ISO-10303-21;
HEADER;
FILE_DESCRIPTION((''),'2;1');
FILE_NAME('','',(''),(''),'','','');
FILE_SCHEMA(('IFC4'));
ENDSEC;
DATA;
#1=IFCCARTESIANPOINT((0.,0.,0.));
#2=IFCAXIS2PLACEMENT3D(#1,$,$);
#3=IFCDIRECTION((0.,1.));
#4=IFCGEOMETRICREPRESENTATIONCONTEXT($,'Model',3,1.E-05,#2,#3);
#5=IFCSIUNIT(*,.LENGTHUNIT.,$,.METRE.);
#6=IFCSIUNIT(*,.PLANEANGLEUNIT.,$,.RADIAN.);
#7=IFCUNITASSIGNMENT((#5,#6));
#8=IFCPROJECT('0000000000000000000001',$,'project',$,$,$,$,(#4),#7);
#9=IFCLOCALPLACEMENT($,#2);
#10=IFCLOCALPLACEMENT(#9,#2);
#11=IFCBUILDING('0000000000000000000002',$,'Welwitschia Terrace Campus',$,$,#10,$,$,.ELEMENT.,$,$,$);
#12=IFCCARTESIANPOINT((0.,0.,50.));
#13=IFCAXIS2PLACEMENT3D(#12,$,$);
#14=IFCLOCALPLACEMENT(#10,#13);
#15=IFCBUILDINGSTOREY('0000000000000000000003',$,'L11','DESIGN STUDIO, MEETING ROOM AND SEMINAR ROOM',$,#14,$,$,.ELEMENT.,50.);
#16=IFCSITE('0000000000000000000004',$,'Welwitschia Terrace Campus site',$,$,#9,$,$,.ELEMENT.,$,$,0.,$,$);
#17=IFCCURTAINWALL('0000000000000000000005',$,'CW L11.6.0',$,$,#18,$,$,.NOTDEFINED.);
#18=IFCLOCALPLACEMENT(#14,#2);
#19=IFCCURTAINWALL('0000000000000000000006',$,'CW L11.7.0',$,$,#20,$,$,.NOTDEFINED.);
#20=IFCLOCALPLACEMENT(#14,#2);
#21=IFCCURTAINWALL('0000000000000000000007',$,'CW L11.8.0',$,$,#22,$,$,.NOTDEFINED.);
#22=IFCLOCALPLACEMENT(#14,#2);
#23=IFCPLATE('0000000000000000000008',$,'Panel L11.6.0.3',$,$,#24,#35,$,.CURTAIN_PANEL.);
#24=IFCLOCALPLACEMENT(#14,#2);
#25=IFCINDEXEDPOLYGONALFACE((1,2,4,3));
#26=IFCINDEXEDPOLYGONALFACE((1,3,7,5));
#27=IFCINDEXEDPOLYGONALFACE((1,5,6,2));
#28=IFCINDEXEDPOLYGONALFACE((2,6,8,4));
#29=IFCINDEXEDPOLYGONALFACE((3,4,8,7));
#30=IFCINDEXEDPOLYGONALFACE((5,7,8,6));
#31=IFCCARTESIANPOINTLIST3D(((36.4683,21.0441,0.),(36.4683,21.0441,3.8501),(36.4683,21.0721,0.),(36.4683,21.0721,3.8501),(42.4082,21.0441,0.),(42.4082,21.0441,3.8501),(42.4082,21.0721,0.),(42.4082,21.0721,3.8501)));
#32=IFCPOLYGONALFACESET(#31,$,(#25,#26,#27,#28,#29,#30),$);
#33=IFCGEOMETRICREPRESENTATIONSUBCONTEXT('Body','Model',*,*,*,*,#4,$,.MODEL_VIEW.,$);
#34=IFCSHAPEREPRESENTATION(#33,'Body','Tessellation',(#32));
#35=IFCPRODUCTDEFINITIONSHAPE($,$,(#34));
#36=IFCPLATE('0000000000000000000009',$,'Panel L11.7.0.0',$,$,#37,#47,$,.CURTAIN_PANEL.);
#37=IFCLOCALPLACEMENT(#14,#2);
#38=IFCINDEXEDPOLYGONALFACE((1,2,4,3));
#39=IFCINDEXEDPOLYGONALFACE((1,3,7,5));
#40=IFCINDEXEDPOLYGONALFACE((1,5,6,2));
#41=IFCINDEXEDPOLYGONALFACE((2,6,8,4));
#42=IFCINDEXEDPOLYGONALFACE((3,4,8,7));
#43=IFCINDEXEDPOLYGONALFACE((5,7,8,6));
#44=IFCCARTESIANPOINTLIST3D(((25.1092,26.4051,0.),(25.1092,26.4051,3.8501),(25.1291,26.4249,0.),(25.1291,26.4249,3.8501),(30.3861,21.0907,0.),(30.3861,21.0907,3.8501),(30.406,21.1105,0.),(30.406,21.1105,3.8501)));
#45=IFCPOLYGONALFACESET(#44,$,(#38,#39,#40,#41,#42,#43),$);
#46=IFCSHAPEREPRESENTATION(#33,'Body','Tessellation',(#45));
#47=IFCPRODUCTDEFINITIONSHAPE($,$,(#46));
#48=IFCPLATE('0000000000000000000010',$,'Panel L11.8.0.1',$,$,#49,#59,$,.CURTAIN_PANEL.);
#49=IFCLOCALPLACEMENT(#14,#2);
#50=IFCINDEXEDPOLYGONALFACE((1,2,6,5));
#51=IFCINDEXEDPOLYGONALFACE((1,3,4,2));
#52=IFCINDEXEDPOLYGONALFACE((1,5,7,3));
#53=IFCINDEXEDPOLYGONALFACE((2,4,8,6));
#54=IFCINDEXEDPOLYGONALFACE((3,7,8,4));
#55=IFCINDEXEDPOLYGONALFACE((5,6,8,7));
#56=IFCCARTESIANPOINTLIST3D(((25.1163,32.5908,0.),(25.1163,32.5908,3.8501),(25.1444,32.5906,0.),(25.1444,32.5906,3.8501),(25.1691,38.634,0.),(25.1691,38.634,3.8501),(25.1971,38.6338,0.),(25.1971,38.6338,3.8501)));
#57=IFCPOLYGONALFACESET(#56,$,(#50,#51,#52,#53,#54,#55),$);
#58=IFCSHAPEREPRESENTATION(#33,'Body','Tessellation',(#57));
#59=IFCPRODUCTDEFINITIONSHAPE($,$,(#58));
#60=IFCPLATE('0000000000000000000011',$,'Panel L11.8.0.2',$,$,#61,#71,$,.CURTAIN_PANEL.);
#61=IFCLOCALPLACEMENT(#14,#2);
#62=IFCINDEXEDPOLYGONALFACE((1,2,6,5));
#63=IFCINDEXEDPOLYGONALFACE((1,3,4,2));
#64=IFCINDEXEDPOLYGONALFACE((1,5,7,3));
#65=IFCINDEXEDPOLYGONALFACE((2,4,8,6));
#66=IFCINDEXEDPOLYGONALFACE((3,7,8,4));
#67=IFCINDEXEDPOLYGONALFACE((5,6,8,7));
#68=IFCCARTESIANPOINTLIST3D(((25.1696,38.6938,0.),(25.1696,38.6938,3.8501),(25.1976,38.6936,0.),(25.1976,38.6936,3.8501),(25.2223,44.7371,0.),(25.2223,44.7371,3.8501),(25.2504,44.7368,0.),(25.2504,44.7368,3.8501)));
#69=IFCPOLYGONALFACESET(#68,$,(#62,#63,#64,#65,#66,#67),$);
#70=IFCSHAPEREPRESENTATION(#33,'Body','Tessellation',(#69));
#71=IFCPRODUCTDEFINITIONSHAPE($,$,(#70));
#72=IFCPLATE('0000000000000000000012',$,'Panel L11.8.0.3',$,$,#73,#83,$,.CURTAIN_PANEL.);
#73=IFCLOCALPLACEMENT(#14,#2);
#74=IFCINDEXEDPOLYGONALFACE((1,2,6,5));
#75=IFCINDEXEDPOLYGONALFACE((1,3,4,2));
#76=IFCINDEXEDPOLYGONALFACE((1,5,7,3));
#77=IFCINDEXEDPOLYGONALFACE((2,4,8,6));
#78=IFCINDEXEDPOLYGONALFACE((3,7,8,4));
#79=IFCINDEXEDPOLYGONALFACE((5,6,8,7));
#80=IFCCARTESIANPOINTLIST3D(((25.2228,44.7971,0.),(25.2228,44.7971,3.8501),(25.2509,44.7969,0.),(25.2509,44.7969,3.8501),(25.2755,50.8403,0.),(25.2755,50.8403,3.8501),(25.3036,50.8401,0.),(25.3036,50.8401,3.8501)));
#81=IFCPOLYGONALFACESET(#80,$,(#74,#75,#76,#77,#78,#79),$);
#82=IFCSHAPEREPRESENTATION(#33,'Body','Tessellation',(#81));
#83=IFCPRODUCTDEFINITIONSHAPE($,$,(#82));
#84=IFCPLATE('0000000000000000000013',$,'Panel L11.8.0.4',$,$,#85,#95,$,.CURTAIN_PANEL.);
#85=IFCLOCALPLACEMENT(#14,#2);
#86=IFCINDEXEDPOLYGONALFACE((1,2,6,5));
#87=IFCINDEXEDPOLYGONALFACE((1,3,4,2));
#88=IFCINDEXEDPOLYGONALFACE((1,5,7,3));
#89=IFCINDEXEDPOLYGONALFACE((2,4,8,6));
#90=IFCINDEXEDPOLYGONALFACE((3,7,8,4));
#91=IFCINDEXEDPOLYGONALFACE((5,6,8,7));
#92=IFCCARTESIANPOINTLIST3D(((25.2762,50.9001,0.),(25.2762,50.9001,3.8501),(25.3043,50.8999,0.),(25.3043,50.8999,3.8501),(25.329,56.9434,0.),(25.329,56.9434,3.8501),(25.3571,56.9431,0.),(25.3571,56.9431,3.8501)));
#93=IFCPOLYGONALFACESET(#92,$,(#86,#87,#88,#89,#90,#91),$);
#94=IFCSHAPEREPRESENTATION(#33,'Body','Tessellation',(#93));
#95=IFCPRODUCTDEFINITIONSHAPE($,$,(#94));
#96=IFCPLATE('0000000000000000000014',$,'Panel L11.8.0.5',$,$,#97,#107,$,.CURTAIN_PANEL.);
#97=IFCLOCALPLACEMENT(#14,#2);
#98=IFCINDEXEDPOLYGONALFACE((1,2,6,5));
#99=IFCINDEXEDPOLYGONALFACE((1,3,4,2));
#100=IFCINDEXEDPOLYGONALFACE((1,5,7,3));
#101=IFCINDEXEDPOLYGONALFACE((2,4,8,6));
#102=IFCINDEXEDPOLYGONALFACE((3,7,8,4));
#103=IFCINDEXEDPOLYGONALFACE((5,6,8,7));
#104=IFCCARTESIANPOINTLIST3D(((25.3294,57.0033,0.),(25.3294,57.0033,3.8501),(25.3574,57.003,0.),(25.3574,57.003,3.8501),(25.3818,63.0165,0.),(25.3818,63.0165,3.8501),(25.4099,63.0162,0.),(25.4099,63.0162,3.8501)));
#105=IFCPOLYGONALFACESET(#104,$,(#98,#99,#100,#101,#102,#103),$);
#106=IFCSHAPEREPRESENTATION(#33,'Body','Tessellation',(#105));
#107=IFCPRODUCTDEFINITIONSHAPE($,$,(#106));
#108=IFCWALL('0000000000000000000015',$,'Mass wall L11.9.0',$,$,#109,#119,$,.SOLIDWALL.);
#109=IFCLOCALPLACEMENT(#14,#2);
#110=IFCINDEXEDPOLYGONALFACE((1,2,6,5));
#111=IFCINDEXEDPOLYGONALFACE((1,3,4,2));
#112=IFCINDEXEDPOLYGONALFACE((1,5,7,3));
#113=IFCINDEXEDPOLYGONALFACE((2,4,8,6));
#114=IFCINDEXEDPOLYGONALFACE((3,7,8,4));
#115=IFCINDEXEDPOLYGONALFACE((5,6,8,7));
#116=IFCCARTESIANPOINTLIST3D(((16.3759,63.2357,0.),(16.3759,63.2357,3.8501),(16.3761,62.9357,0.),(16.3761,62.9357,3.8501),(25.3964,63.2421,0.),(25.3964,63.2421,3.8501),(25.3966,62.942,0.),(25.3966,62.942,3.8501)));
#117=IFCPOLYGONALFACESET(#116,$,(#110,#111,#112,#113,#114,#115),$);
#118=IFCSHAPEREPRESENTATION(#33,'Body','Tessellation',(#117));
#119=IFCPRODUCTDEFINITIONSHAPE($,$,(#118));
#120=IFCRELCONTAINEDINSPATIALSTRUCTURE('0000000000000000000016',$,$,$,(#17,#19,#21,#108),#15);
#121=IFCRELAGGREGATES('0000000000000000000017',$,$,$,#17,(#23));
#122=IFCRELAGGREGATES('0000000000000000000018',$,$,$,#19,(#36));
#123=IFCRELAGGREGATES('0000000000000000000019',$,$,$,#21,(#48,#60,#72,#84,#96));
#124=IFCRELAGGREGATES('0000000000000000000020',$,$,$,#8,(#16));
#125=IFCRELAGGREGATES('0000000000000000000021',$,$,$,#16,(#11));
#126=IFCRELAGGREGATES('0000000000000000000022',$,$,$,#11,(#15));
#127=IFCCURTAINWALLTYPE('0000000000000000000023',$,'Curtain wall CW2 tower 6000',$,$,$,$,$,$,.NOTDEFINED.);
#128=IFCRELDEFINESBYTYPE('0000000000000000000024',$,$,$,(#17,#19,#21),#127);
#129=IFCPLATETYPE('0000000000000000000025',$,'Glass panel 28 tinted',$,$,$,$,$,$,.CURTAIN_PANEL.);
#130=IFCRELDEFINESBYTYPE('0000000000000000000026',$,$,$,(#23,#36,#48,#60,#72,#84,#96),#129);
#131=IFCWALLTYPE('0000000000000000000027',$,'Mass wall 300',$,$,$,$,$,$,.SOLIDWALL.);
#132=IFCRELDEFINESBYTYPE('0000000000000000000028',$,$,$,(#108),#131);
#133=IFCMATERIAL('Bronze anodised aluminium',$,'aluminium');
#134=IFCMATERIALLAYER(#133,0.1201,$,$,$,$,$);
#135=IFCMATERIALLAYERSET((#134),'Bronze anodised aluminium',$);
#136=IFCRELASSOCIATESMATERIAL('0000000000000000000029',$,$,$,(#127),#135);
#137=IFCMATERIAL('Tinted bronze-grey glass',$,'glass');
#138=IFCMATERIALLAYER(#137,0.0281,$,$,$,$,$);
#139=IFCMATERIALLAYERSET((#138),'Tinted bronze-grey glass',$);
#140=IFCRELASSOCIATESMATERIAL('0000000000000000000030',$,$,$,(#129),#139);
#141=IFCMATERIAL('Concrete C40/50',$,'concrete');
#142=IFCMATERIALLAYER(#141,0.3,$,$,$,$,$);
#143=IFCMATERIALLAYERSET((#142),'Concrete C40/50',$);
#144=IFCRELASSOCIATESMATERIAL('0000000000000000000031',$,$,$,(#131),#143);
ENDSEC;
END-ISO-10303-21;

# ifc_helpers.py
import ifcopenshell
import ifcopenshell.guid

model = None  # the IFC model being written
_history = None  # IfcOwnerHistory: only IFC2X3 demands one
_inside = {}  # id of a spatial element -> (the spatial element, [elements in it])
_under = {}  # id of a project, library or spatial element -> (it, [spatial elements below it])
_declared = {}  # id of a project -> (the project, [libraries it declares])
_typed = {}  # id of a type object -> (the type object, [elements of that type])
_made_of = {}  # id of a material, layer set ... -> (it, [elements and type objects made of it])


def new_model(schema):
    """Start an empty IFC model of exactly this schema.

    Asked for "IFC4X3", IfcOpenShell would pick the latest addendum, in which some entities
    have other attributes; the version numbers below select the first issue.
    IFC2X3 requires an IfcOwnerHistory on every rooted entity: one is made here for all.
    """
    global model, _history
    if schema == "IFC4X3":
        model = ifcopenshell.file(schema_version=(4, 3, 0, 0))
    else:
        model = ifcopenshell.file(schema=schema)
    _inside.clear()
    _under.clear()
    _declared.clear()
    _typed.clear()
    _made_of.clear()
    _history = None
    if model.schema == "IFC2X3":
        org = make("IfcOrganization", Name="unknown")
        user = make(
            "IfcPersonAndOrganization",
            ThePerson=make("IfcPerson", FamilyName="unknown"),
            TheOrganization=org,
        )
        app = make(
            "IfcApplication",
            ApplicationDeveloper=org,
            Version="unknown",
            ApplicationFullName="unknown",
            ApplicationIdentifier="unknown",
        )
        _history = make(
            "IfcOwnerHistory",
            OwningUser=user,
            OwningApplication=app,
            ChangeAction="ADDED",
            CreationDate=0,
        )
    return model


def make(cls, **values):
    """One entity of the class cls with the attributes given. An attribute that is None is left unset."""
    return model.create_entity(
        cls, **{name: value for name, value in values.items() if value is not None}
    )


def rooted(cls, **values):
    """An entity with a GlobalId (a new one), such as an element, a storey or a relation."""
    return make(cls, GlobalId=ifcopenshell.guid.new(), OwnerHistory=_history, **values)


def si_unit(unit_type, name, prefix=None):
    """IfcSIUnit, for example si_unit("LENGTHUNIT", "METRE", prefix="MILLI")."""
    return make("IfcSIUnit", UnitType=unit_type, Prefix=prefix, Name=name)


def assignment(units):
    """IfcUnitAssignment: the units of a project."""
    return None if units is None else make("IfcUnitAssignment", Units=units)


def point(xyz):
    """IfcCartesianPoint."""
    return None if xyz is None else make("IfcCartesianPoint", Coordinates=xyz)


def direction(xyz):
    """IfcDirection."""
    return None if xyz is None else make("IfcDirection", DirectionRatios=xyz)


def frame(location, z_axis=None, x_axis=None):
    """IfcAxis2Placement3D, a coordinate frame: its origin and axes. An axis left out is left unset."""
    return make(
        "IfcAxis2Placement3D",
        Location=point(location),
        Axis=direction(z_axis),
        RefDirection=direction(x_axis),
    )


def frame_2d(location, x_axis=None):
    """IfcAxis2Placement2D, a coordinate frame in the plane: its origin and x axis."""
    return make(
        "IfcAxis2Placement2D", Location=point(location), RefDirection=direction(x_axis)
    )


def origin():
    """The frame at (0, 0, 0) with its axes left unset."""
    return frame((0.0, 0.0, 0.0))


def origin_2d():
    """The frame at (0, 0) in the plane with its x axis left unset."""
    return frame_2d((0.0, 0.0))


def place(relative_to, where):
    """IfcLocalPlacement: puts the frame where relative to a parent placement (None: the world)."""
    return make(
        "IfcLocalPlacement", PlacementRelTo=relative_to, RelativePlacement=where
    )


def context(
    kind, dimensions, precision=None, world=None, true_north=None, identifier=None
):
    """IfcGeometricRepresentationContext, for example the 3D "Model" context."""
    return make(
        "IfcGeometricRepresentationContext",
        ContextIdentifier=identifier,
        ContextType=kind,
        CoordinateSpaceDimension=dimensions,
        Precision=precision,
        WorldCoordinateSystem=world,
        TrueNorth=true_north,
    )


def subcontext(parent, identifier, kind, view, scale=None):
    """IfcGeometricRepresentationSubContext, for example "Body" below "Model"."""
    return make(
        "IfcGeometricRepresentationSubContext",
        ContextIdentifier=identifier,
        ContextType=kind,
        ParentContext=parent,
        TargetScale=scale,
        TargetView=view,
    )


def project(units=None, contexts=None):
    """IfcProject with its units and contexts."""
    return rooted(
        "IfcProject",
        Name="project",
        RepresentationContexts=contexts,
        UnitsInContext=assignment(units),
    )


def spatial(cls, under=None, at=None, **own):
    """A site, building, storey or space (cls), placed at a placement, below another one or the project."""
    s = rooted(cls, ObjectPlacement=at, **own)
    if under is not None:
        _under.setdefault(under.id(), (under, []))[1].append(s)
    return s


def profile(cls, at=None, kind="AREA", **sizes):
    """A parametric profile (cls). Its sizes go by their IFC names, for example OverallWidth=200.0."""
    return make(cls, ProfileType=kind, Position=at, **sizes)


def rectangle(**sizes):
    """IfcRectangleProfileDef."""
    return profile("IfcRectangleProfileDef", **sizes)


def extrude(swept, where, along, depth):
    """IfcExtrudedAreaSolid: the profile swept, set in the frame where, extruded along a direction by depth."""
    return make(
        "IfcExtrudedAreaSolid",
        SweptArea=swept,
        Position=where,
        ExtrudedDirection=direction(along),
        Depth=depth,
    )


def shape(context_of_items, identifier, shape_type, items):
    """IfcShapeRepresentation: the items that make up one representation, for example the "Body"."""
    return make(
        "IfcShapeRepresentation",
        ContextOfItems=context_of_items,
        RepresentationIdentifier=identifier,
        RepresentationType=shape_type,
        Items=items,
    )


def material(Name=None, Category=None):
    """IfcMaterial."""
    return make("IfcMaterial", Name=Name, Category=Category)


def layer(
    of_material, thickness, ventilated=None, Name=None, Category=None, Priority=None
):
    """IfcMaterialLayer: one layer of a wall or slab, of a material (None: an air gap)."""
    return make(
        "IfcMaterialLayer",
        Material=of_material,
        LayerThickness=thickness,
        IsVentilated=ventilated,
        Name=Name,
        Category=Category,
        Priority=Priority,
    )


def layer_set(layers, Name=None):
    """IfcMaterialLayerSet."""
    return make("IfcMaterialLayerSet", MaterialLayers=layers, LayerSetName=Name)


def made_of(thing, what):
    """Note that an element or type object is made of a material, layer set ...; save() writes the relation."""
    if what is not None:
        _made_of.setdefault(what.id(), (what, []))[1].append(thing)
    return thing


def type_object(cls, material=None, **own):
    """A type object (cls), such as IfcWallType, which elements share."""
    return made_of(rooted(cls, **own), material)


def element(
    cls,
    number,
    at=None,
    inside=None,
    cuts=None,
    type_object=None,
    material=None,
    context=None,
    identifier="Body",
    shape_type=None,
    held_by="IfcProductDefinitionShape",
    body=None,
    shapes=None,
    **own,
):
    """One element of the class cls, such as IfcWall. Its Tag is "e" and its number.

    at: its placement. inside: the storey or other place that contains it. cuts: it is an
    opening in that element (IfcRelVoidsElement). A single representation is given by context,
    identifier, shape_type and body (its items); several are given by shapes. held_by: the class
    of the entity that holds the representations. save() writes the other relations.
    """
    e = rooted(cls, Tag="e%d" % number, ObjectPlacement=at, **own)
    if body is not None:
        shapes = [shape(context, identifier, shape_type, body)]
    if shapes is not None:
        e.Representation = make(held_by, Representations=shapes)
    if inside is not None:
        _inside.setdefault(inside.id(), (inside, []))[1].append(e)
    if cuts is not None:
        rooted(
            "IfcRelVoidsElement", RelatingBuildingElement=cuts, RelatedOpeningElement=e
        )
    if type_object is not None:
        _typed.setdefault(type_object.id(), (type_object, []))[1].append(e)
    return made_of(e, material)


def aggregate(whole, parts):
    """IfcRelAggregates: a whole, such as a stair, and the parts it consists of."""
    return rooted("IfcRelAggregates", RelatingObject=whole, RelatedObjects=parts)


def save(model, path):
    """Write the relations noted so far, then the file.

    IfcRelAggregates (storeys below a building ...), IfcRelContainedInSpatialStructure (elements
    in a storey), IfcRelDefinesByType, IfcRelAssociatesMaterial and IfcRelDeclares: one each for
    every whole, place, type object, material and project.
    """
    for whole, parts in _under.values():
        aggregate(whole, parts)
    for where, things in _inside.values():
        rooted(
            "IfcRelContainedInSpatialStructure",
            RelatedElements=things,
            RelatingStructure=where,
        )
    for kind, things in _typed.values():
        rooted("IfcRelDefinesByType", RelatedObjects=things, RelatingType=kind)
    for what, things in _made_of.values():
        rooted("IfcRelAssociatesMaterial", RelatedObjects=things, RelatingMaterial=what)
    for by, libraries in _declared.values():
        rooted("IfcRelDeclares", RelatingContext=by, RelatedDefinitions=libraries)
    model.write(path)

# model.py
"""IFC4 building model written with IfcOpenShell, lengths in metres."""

from ifc_helpers import new_model, si_unit, direction, frame, frame_2d, origin, origin_2d, place, context, subcontext, project, spatial, rectangle, extrude, material, layer, layer_set, type_object, element, aggregate, save


model = new_model("IFC4")

# Units and contexts
model_context = context("Model", 3, precision=1e-05, world=origin(), true_north=direction((0.0, 1.0)))
body_context = subcontext(model_context, "Body", "Model", "MODEL_VIEW")
ifc_project = project(units=[si_unit("LENGTHUNIT", "METRE"), si_unit("PLANEANGLEUNIT", "RADIAN")], contexts=[model_context])

# Site, building, storey
site_placement = place(None, origin())
site = spatial("IfcSite", under=ifc_project, at=site_placement, Name="Welwitschia Terrace Campus site", CompositionType="ELEMENT", RefElevation=0.0)
building_placement = place(site_placement, origin())
building = spatial("IfcBuilding", under=site, at=building_placement, Name="Welwitschia Terrace Campus", CompositionType="ELEMENT")
storey_placement = place(building_placement, frame((0.0, 0.0, 50.0)))
storey = spatial("IfcBuildingStorey", under=building, at=storey_placement, Name="L11", Description="DESIGN STUDIO, MEETING ROOM AND SEMINAR ROOM", CompositionType="ELEMENT", Elevation=50.0)

# Curtain wall
ifc_material_1 = material(Name="Bronze anodised aluminium", Category="aluminium")
ifc_layer_1 = layer(ifc_material_1, 0.1201)
ifc_layer_set_1 = layer_set([ifc_layer_1], Name="Bronze anodised aluminium")
curtain_wall_type = type_object("IfcCurtainWallType", Name="Curtain wall CW2 tower 6000", PredefinedType="NOTDEFINED", material=ifc_layer_set_1)
curtain_wall_1_placement = place(storey_placement, origin())
curtain_wall_1 = element("IfcCurtainWall", 1, at=curtain_wall_1_placement, inside=storey, type_object=curtain_wall_type, Name="CW L11.6.0", PredefinedType="NOTDEFINED")

# Curtain wall
curtain_wall_2_placement = place(storey_placement, origin())
curtain_wall_2 = element("IfcCurtainWall", 2, at=curtain_wall_2_placement, inside=storey, type_object=curtain_wall_type, Name="CW L11.7.0", PredefinedType="NOTDEFINED")

# Curtain wall
curtain_wall_3_placement = place(storey_placement, origin())
curtain_wall_3 = element("IfcCurtainWall", 3, at=curtain_wall_3_placement, inside=storey, type_object=curtain_wall_type, Name="CW L11.8.0", PredefinedType="NOTDEFINED")

# Plates
ifc_material_2 = material(Name="Tinted bronze-grey glass", Category="glass")
ifc_layer_2 = layer(ifc_material_2, 0.0281)
ifc_layer_set_2 = layer_set([ifc_layer_2], Name="Tinted bronze-grey glass")
plate_type = type_object("IfcPlateType", Name="Glass panel 28 tinted", PredefinedType="CURTAIN_PANEL", material=ifc_layer_set_2)
plate_1_placement = place(storey_placement, frame((39.4382, 21.0581, 0.0), z_axis=(0.0, 0.0, 1.0), x_axis=(-1.0, 0.0, 0.0)))
plate_1 = element("IfcPlate", 4, at=plate_1_placement, type_object=plate_type, Name="Panel L11.6.0.3", PredefinedType="CURTAIN_PANEL", context=body_context, shape_type="SweptSolid", body=[
    extrude(rectangle(XDim=5.9399, YDim=0.0281, at=origin_2d()), origin(), (0.0, 0.0, 1.0), 3.8501),
])
aggregate(curtain_wall_1, [plate_1])
plate_2_placement = place(storey_placement, frame((27.7576, 23.7578, 0.0), z_axis=(0.0, 0.0, 1.0), x_axis=(-0.704596, 0.709608, 0.0)))
plate_2 = element("IfcPlate", 5, at=plate_2_placement, type_object=plate_type, Name="Panel L11.7.0.0", PredefinedType="CURTAIN_PANEL", context=body_context, shape_type="SweptSolid", body=[
    extrude(rectangle(XDim=7.4893, YDim=0.0281, at=origin_2d()), origin(), (0.0, 0.0, 1.0), 3.8501),
])
aggregate(curtain_wall_2, [plate_2])
plate_3_placement = place(storey_placement, frame((25.1567, 35.6123, 0.0), z_axis=(0.0, 0.0, 1.0), x_axis=(0.008727, 0.999962, 0.0)))
plate_3 = element("IfcPlate", 6, at=plate_3_placement, type_object=plate_type, Name="Panel L11.8.0.1", PredefinedType="CURTAIN_PANEL", context=body_context, shape_type="SweptSolid", body=[
    extrude(rectangle(XDim=6.0435, YDim=0.0281, at=origin_2d()), origin(), (0.0, 0.0, 1.0), 3.8501),
])
plate_4_placement = place(storey_placement, frame((25.21, 41.7153, 0.0), z_axis=(0.0, 0.0, 1.0), x_axis=(0.008727, 0.999962, 0.0)))
plate_4 = element("IfcPlate", 7, at=plate_4_placement, type_object=plate_type, Name="Panel L11.8.0.2", PredefinedType="CURTAIN_PANEL", context=body_context, shape_type="SweptSolid", body=[
    extrude(rectangle(XDim=6.0435, YDim=0.0281, at=origin_2d()), origin(), (0.0, 0.0, 1.0), 3.8501),
])
plate_5_placement = place(storey_placement, frame((25.2632, 47.8186, 0.0), z_axis=(0.0, 0.0, 1.0), x_axis=(0.008727, 0.999962, 0.0)))
plate_5 = element("IfcPlate", 8, at=plate_5_placement, type_object=plate_type, Name="Panel L11.8.0.3", PredefinedType="CURTAIN_PANEL", context=body_context, shape_type="SweptSolid", body=[
    extrude(rectangle(XDim=6.0435, YDim=0.0281, at=origin_2d()), origin(), (0.0, 0.0, 1.0), 3.8501),
])
plate_6_placement = place(storey_placement, frame((25.3167, 53.9216, 0.0), z_axis=(0.0, 0.0, 1.0), x_axis=(0.008727, 0.999962, 0.0)))
plate_6 = element("IfcPlate", 9, at=plate_6_placement, type_object=plate_type, Name="Panel L11.8.0.4", PredefinedType="CURTAIN_PANEL", context=body_context, shape_type="SweptSolid", body=[
    extrude(rectangle(XDim=6.0435, YDim=0.0281, at=origin_2d()), origin(), (0.0, 0.0, 1.0), 3.8501),
])
plate_7_placement = place(storey_placement, frame((25.3696, 60.0098, 0.0), z_axis=(0.0, 0.0, 1.0), x_axis=(0.008727, 0.999962, 0.0)))
plate_7 = element("IfcPlate", 10, at=plate_7_placement, type_object=plate_type, Name="Panel L11.8.0.5", PredefinedType="CURTAIN_PANEL", context=body_context, shape_type="SweptSolid", body=[
    extrude(rectangle(XDim=6.0134, YDim=0.0281, at=origin_2d()), origin(), (0.0, 0.0, 1.0), 3.8501),
])
aggregate(curtain_wall_3, [plate_3, plate_4, plate_5, plate_6, plate_7])

# Wall
ifc_material_3 = material(Name="Concrete C40/50", Category="concrete")
ifc_layer_3 = layer(ifc_material_3, 0.3)
ifc_layer_set_3 = layer_set([ifc_layer_3], Name="Concrete C40/50")
wall_type = type_object("IfcWallType", Name="Mass wall 300", PredefinedType="SOLIDWALL", material=ifc_layer_set_3)
wall_placement = place(storey_placement, frame((25.3965, 63.092, 0.0), z_axis=(0.0, 0.0, 1.0), x_axis=(-1.0, -0.000704, 0.0)))
element("IfcWall", 11, at=wall_placement, inside=storey, type_object=wall_type, Name="Mass wall L11.9.0", PredefinedType="SOLIDWALL", context=body_context, shape_type="SweptSolid", body=[
    extrude(rectangle(XDim=9.0205, YDim=0.3, at=frame_2d((4.5103, 0.0))), origin(), (0.0, 0.0, 1.0), 3.8501),
])

save(model, "model.ifc")
